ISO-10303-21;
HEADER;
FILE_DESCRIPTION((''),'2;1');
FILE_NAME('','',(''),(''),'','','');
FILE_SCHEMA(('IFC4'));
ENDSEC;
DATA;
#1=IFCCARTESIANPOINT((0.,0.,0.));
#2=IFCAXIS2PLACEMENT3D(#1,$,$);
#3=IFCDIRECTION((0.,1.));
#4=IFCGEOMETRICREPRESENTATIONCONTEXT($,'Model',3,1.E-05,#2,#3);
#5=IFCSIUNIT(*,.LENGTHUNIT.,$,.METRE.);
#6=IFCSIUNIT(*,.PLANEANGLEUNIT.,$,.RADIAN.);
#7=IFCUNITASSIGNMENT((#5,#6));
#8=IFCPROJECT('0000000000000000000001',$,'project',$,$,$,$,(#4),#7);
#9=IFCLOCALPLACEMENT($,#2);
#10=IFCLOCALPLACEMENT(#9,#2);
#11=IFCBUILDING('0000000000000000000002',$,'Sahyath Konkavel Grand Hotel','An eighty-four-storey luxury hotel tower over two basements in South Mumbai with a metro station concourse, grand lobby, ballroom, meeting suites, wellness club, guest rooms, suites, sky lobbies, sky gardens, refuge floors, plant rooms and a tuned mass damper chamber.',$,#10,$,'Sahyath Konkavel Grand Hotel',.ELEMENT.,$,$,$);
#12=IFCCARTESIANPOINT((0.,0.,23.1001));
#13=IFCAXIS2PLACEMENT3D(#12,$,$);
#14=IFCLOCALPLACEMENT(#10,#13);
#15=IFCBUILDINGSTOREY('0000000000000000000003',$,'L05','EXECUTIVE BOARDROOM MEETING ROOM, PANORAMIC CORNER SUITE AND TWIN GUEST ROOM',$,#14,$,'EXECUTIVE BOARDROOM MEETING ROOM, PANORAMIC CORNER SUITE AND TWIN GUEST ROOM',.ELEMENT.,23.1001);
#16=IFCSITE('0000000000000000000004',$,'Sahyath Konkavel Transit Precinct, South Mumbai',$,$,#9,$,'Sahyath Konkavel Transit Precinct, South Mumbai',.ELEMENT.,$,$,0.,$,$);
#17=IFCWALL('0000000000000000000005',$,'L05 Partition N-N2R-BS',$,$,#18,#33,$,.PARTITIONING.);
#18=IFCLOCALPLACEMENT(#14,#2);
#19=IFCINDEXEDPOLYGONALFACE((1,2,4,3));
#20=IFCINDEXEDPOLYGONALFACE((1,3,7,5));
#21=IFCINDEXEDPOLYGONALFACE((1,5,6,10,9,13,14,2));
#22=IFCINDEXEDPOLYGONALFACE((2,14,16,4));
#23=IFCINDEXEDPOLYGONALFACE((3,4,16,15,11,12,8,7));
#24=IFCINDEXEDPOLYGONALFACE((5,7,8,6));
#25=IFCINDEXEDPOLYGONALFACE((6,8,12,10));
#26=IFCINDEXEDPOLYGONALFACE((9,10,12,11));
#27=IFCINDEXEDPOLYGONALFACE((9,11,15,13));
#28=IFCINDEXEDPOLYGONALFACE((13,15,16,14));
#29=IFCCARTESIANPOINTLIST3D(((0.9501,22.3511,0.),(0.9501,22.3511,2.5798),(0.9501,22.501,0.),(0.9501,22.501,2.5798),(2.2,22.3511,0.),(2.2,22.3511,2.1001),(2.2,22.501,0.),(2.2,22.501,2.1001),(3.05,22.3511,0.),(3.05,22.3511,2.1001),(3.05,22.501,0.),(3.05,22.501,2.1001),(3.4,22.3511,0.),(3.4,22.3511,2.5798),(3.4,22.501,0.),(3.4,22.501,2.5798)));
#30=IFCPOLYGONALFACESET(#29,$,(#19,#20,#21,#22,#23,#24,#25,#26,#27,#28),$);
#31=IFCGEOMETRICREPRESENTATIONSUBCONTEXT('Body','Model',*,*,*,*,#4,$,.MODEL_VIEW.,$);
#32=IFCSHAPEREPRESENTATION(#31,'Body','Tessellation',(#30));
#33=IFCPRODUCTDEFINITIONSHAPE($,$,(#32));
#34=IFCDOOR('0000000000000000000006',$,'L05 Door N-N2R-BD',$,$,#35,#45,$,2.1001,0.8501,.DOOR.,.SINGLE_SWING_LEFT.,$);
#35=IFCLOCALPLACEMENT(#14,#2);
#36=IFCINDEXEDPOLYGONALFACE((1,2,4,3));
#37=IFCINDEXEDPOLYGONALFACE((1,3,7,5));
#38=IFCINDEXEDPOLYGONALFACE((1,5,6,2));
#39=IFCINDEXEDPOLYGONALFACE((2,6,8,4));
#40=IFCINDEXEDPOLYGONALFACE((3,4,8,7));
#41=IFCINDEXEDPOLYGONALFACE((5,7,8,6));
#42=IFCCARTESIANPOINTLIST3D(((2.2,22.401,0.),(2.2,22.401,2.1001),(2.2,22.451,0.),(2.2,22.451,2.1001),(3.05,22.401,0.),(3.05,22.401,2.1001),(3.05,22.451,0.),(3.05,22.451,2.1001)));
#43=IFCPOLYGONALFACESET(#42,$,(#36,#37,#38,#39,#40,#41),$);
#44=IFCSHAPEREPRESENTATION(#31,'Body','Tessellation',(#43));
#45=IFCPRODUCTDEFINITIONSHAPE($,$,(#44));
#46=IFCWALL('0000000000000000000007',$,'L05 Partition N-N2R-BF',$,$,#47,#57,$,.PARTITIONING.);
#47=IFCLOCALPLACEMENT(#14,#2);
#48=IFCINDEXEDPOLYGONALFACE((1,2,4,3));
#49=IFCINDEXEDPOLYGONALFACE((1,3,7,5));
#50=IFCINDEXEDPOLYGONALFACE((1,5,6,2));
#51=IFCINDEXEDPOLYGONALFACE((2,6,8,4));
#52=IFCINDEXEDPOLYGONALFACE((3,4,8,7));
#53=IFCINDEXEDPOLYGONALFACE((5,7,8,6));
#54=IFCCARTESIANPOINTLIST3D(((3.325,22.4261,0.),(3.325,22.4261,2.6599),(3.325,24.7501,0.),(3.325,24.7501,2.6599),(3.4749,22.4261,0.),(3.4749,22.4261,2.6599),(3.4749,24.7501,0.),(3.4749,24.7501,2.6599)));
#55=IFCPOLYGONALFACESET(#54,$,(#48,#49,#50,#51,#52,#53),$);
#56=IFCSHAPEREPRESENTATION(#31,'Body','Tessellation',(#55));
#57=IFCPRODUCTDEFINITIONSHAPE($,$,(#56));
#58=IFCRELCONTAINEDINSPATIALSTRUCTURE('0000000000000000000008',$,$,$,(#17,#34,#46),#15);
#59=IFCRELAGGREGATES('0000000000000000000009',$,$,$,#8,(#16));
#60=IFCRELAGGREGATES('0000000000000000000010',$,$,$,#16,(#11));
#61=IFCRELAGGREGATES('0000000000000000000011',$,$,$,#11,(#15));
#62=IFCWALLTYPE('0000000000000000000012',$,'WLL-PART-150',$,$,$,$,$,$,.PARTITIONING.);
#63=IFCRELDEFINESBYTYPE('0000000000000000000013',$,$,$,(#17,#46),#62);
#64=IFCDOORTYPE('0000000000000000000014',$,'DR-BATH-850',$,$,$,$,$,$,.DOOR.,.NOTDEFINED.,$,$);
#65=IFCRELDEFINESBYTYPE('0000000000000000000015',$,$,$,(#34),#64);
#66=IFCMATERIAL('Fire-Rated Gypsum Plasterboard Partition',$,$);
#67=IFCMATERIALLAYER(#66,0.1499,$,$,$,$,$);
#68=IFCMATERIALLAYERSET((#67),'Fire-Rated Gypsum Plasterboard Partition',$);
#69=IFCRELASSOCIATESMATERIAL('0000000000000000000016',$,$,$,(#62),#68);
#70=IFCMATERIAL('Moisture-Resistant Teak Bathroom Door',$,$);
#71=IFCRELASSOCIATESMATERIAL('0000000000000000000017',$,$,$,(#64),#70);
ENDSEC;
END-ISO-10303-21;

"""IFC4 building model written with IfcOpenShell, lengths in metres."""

from ifc_helpers import new_model, si_unit, direction, frame, frame_2d, origin, origin_2d, place, context, subcontext, project, spatial, rectangle, extrude, source, transform, mapped, material, layer, layer_set, type_object, element, fill, save


model = new_model("IFC4")

# Units and contexts
model_context = context("Model", 3, precision=1e-05, world=origin(), true_north=direction((0.0, 1.0)))
body_context = subcontext(model_context, "Body", "Model", "MODEL_VIEW")
ifc_project = project(units=[si_unit("LENGTHUNIT", "METRE"), si_unit("PLANEANGLEUNIT", "RADIAN")], contexts=[model_context])

# Site, building, storey
site_placement = place(None, origin())
site = spatial("IfcSite", under=ifc_project, at=site_placement, Name="Sahyath Konkavel Transit Precinct, South Mumbai", LongName="Sahyath Konkavel Transit Precinct, South Mumbai", CompositionType="ELEMENT", RefElevation=0.0)
building_placement = place(site_placement, origin())
building = spatial("IfcBuilding", under=site, at=building_placement, Name="Sahyath Konkavel Grand Hotel", Description="An eighty-four-storey luxury hotel tower over two basements in South Mumbai with a metro station concourse, grand lobby, ballroom, meeting suites, wellness club, guest rooms, suites, sky lobbies, sky gardens, refuge floors, plant rooms and a tuned mass damper chamber.", LongName="Sahyath Konkavel Grand Hotel", CompositionType="ELEMENT")
storey_placement = place(building_placement, frame((0.0, 0.0, 23.1001)))
storey = spatial("IfcBuildingStorey", under=building, at=storey_placement, Name="L05", Description="EXECUTIVE BOARDROOM MEETING ROOM, PANORAMIC CORNER SUITE AND TWIN GUEST ROOM", LongName="EXECUTIVE BOARDROOM MEETING ROOM, PANORAMIC CORNER SUITE AND TWIN GUEST ROOM", CompositionType="ELEMENT", Elevation=23.1001)

# Shared definitions
ifc_material_1 = material(Name="Fire-Rated Gypsum Plasterboard Partition")
ifc_layer_1 = layer(ifc_material_1, 0.1499)
ifc_layer_set_1 = layer_set([ifc_layer_1], Name="Fire-Rated Gypsum Plasterboard Partition")
wall_type_1 = type_object("IfcWallType", Name="WLL-PART-150", PredefinedType="PARTITIONING", material=ifc_layer_set_1)
shared_shape_1 = source(origin(), body_context, "Body", "SweptSolid", [
    extrude(rectangle(XDim=0.8501, YDim=0.05, at=origin_2d()), origin(), (0.0, 0.0, 1.0), 2.1001),
])

# Shared definitions
ifc_material_2 = material(Name="Moisture-Resistant Teak Bathroom Door")
door_type_1 = type_object("IfcDoorType", Name="DR-BATH-850", OperationType="NOTDEFINED", PredefinedType="DOOR", material=ifc_material_2)

# Wall, opening, door
wall_1_placement = place(storey_placement, frame((0.95, 22.426, 0.0), z_axis=(0.0, 0.0, 1.0), x_axis=(1.0, 0.0, 0.0)))
wall_1 = element("IfcWall", 1, at=wall_1_placement, inside=storey, type_object=wall_type_1, Name="L05 Partition N-N2R-BS", PredefinedType="PARTITIONING", context=body_context, shape_type="SweptSolid", body=[
    extrude(rectangle(XDim=2.45, YDim=0.1499, at=frame_2d((1.2251, 0.0))), origin(), (0.0, 0.0, 1.0), 2.5798),
])
opening_1_placement = place(wall_1_placement, frame((1.25, 0.0, 0.0)))
opening_1 = element("IfcOpeningElement", 2, at=opening_1_placement, cuts=wall_1, PredefinedType="OPENING", context=body_context, shape_type="SweptSolid", body=[
    extrude(rectangle(XDim=0.8501, YDim=2.1001, at=frame_2d((0.425, 1.05))), frame((0.0, 0.085, 0.0), z_axis=(0.0, -1.0, 0.0), x_axis=(1.0, 0.0, 0.0)), (0.0, 0.0, 1.0), 0.1699),
])
door_1_placement = place(opening_1_placement, frame((0.425, 0.0, 0.0)))
door_1 = element("IfcDoor", 3, at=door_1_placement, inside=storey, type_object=door_type_1, Name="L05 Door N-N2R-BD", OperationType="SINGLE_SWING_LEFT", OverallHeight=2.1001, OverallWidth=0.8501, PredefinedType="DOOR", context=body_context, shape_type="MappedRepresentation", body=[
    mapped(shared_shape_1, transform((0.0, 0.0, 0.0), scale=1.0)),
])
fill(opening_1, door_1)

# Wall
wall_2_placement = place(storey_placement, frame((3.3999, 22.426, 0.0), z_axis=(0.0, 0.0, 1.0), x_axis=(0.0, 1.0, 0.0)))
element("IfcWall", 4, at=wall_2_placement, inside=storey, type_object=wall_type_1, Name="L05 Partition N-N2R-BF", PredefinedType="PARTITIONING", context=body_context, shape_type="SweptSolid", body=[
    extrude(rectangle(XDim=2.324, YDim=0.1499, at=frame_2d((1.1621, 0.0))), origin(), (0.0, 0.0, 1.0), 2.6599),
])

save(model, "model.ifc")
